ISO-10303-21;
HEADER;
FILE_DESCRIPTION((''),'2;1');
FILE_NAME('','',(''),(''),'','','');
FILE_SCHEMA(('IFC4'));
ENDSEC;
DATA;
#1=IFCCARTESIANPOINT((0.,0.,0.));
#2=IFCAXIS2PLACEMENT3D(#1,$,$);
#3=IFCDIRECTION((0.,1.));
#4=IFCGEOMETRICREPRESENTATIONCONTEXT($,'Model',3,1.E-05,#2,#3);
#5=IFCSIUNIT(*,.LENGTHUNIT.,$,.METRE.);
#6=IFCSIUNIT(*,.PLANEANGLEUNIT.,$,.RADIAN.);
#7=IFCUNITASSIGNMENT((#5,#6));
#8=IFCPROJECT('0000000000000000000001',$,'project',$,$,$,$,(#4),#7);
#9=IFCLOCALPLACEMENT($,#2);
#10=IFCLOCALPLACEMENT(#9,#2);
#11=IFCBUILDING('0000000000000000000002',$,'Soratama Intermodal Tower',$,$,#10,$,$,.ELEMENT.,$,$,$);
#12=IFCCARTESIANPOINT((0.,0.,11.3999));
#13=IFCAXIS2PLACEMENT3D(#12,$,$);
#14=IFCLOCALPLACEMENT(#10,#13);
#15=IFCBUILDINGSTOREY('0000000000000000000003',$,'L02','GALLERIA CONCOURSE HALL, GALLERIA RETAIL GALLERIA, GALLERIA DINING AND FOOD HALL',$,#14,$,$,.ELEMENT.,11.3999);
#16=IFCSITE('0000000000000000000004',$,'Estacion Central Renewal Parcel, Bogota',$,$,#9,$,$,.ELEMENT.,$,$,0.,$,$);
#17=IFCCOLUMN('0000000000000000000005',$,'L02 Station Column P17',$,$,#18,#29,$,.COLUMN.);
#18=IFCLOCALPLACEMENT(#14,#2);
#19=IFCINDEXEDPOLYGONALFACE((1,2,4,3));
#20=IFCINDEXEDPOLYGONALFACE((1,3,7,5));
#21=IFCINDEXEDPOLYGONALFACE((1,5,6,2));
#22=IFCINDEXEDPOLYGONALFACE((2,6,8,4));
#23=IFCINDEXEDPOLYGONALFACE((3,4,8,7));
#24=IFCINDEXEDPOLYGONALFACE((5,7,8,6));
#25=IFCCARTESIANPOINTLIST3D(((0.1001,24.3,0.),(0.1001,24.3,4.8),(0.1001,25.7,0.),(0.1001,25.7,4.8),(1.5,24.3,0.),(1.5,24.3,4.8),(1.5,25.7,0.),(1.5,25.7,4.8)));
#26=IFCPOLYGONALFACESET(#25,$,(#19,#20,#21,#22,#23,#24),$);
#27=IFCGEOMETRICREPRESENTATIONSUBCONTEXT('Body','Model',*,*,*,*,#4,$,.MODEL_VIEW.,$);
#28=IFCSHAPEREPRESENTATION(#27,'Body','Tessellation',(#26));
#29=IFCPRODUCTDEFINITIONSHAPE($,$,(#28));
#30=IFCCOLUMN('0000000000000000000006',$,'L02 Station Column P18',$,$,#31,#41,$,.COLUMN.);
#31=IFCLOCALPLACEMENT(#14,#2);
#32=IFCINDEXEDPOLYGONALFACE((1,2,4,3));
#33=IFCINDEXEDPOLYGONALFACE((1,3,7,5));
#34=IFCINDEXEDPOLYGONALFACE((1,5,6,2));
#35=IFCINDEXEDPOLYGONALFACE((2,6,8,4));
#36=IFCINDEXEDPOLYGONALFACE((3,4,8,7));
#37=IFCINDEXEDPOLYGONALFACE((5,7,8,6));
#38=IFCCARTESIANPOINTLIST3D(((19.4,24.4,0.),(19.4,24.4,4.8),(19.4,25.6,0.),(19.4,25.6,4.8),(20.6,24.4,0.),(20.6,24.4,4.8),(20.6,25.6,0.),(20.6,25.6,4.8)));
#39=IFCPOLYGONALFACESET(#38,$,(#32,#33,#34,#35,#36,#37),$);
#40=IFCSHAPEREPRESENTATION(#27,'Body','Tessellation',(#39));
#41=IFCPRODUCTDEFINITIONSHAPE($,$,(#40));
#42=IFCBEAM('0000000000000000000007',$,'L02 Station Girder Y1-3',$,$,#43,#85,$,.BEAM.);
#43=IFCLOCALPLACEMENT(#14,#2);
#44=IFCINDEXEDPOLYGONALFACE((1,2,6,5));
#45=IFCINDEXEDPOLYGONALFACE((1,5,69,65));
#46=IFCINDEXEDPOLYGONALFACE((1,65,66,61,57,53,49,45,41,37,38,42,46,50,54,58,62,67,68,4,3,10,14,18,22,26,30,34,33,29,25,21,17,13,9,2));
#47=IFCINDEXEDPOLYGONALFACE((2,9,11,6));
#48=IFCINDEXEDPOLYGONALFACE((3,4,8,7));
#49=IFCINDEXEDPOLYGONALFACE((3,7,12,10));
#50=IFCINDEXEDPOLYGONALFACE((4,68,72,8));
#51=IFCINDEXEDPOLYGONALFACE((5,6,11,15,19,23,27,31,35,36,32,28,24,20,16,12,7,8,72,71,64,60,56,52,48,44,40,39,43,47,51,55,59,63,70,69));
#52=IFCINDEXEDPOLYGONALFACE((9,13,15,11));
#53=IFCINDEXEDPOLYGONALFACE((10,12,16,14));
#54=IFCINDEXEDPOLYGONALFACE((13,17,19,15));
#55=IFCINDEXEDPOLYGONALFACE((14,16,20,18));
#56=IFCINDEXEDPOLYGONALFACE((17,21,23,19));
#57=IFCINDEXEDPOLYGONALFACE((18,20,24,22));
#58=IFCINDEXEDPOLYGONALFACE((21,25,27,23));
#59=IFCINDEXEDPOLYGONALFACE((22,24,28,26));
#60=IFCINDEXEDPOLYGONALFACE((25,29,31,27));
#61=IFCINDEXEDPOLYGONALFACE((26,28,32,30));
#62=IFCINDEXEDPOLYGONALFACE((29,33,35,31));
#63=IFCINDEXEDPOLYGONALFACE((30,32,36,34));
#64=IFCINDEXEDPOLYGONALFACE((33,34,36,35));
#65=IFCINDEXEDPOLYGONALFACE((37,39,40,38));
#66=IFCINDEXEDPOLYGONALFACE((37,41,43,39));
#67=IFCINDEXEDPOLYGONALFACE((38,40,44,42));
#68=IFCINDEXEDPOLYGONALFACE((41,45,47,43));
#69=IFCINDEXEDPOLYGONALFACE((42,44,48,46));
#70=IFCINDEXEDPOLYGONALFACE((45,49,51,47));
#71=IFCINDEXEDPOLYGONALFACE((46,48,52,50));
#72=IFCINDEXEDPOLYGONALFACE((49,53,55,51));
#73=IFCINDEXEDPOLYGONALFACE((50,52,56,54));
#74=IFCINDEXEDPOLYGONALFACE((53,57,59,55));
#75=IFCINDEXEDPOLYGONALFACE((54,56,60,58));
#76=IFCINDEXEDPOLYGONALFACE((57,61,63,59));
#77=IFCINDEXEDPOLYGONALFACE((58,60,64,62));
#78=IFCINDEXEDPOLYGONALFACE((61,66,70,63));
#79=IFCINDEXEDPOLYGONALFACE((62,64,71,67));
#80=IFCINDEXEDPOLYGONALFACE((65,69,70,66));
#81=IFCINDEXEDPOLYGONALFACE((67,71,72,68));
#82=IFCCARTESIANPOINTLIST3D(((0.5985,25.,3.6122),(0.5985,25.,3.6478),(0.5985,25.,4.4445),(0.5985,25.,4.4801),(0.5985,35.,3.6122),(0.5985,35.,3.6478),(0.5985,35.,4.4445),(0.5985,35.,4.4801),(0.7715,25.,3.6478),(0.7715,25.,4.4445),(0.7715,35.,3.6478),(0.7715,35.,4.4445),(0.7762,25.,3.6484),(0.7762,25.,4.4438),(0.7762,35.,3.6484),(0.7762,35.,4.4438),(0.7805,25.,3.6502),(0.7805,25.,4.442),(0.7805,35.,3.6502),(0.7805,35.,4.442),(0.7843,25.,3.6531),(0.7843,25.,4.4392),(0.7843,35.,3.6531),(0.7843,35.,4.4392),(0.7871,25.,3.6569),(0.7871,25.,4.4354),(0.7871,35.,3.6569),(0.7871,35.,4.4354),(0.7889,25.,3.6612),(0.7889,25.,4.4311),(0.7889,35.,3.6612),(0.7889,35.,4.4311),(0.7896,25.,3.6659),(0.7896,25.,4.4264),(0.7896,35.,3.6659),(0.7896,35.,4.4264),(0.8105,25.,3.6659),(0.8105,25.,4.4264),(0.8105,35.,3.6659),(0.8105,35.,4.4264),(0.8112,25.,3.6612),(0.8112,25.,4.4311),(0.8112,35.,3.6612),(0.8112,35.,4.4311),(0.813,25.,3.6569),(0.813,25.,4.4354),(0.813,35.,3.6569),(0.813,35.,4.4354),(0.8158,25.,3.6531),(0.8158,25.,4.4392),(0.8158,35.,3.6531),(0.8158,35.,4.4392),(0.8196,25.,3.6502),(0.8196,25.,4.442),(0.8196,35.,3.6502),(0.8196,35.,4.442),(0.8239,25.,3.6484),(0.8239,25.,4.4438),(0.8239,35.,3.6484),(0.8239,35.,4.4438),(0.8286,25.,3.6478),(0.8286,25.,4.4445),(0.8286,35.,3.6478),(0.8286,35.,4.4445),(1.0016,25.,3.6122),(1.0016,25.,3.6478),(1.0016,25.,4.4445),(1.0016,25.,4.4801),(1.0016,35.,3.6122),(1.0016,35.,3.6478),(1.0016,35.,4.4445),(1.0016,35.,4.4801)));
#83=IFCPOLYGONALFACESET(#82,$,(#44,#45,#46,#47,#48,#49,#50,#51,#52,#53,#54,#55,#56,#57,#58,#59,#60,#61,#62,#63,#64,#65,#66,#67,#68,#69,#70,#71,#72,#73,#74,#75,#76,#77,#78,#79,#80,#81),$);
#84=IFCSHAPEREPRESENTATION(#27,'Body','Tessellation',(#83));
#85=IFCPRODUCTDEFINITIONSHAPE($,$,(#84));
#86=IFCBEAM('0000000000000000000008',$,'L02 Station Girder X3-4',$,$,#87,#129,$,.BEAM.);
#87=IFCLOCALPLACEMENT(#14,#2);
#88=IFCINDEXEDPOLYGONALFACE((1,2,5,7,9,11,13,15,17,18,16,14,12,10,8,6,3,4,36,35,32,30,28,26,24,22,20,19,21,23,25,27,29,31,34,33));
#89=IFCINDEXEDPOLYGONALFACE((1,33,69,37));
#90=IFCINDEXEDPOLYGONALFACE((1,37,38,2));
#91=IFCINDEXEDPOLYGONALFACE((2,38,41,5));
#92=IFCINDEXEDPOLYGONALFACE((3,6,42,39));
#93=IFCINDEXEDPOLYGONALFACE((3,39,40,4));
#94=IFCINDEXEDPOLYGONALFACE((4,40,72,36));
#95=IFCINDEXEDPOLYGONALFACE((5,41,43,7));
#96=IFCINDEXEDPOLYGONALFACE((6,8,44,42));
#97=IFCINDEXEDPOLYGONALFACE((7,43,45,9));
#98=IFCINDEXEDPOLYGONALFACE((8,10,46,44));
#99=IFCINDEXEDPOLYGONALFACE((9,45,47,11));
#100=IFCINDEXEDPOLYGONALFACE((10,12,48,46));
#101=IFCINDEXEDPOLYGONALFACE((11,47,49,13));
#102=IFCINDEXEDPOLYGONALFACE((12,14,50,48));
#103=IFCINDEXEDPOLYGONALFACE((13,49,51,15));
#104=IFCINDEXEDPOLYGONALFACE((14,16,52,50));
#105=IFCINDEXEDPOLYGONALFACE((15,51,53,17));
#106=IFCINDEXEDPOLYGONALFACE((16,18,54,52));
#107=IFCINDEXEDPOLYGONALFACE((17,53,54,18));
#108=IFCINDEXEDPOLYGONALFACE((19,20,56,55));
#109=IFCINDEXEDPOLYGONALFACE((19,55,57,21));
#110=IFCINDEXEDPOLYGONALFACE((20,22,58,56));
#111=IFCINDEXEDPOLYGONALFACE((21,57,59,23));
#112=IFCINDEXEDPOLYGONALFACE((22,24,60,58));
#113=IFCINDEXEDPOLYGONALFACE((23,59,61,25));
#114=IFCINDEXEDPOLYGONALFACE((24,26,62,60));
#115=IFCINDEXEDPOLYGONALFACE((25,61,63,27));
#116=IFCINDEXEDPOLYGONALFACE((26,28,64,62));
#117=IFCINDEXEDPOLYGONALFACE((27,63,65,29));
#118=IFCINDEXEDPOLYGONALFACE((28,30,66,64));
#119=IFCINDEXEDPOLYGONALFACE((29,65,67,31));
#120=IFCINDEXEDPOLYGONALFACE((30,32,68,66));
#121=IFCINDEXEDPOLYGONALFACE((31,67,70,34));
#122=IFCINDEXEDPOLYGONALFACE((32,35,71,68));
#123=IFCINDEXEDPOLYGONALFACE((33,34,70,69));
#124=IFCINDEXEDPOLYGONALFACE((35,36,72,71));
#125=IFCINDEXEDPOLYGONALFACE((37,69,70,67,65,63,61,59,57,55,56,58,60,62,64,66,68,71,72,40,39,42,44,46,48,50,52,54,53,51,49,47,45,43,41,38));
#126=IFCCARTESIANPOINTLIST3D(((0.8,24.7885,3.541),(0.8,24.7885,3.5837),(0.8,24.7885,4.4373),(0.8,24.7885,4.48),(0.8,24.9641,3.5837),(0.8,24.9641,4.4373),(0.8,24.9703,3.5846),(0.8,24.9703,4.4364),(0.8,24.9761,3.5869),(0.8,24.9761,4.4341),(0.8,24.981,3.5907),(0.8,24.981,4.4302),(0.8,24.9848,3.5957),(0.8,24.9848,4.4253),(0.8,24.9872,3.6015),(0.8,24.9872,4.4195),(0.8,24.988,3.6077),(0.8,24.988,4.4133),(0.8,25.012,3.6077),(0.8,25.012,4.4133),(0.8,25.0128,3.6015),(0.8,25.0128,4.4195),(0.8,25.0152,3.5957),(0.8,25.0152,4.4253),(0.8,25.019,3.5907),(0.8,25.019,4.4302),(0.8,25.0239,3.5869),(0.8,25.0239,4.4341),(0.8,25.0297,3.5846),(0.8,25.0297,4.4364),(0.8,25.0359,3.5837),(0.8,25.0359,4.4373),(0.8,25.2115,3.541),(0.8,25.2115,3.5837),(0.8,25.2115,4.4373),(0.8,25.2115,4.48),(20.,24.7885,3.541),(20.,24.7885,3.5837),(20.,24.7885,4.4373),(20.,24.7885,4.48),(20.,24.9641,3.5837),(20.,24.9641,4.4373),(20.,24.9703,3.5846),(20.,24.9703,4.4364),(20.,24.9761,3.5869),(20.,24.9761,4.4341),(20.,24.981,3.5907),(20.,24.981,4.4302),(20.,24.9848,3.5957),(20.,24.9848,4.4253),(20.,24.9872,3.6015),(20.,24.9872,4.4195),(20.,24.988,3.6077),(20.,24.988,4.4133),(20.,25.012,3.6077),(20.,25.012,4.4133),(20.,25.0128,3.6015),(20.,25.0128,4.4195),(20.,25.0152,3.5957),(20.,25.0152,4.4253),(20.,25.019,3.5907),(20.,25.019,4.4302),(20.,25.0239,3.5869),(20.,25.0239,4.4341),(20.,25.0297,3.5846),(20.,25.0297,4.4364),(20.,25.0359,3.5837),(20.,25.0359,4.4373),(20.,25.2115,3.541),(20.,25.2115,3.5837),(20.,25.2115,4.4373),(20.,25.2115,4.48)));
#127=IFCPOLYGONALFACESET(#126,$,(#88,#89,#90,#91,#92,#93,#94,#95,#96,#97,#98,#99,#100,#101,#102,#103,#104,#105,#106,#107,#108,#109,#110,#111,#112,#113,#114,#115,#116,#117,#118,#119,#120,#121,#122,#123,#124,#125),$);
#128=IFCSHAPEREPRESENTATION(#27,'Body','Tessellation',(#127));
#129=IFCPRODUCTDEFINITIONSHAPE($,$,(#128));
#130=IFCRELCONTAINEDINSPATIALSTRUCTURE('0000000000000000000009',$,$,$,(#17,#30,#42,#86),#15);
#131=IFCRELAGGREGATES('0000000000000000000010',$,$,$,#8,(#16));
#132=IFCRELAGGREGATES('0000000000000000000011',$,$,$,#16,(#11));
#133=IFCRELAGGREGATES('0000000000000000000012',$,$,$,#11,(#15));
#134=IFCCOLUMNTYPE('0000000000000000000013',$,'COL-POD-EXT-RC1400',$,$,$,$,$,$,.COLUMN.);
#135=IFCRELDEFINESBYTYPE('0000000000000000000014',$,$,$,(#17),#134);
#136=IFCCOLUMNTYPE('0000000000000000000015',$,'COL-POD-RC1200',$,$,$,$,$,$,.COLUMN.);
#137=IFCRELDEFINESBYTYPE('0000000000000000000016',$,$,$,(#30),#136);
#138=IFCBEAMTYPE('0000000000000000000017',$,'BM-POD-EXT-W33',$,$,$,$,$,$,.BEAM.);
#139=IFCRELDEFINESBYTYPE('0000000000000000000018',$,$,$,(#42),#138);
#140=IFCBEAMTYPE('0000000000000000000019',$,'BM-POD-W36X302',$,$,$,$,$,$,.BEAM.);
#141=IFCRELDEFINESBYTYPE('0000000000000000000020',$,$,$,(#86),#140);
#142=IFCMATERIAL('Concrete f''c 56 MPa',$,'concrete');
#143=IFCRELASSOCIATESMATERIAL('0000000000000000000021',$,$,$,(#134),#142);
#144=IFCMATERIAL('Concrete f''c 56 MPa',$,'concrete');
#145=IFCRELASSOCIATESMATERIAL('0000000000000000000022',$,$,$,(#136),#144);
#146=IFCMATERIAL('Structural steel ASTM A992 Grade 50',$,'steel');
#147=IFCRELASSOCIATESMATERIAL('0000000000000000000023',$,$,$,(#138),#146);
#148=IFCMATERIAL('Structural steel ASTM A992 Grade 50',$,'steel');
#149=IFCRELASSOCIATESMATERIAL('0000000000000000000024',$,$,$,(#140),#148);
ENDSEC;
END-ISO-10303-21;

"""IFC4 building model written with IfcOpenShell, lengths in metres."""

from ifc_helpers import new_model, si_unit, direction, frame, origin, origin_2d, place, context, subcontext, project, spatial, rectangle, i_section, extrude, material, material_profile, profile_set, type_object, element, save


model = new_model("IFC4")

# Units and contexts
model_context = context("Model", 3, precision=1e-05, world=origin(), true_north=direction((0.0, 1.0)))
body_context = subcontext(model_context, "Body", "Model", "MODEL_VIEW")
ifc_project = project(units=[si_unit("LENGTHUNIT", "METRE"), si_unit("PLANEANGLEUNIT", "RADIAN")], contexts=[model_context])

# Site, building, storey
site_placement = place(None, origin())
site = spatial("IfcSite", under=ifc_project, at=site_placement, Name="Estacion Central Renewal Parcel, Bogota", CompositionType="ELEMENT", RefElevation=0.0)
building_placement = place(site_placement, origin())
building = spatial("IfcBuilding", under=site, at=building_placement, Name="Soratama Intermodal Tower", CompositionType="ELEMENT")
storey_placement = place(building_placement, frame((0.0, 0.0, 11.3999)))
storey = spatial("IfcBuildingStorey", under=building, at=storey_placement, Name="L02", Description="GALLERIA CONCOURSE HALL, GALLERIA RETAIL GALLERIA, GALLERIA DINING AND FOOD HALL", CompositionType="ELEMENT", Elevation=11.3999)

# Columns
ifc_material_1 = material(Name="Concrete f'c 56 MPa", Category="concrete")
ifc_material_profile_1 = material_profile(ifc_material_1, rectangle(XDim=1.3999, YDim=1.3999, at=origin_2d()), Name="RC1400X1400")
ifc_profile_set_1 = profile_set([ifc_material_profile_1], Name="Concrete f'c 56 MPa")
column_type_1 = type_object("IfcColumnType", Name="COL-POD-EXT-RC1400", PredefinedType="COLUMN", material=ifc_profile_set_1)
column_1_placement = place(storey_placement, frame((0.8, 25.0, 0.0), z_axis=(0.0, 0.0, 1.0), x_axis=(1.0, 0.0, 0.0)))
element("IfcColumn", 1, at=column_1_placement, inside=storey, type_object=column_type_1, Name="L02 Station Column P17", PredefinedType="COLUMN", context=body_context, shape_type="SweptSolid", body=[
    extrude(rectangle(XDim=1.3999, YDim=1.3999, at=origin_2d()), origin(), (0.0, 0.0, 1.0), 4.8),
])
ifc_material_2 = material(Name="Concrete f'c 56 MPa", Category="concrete")
ifc_material_profile_2 = material_profile(ifc_material_2, rectangle(XDim=1.2, YDim=1.2, at=origin_2d()), Name="RC1200X1200")
ifc_profile_set_2 = profile_set([ifc_material_profile_2], Name="Concrete f'c 56 MPa")
column_type_2 = type_object("IfcColumnType", Name="COL-POD-RC1200", PredefinedType="COLUMN", material=ifc_profile_set_2)
column_2_placement = place(storey_placement, frame((20.0, 25.0, 0.0), z_axis=(0.0, 0.0, 1.0), x_axis=(1.0, 0.0, 0.0)))
element("IfcColumn", 2, at=column_2_placement, inside=storey, type_object=column_type_2, Name="L02 Station Column P18", PredefinedType="COLUMN", context=body_context, shape_type="SweptSolid", body=[
    extrude(rectangle(XDim=1.2, YDim=1.2, at=origin_2d()), origin(), (0.0, 0.0, 1.0), 4.8),
])

# Beams
ifc_material_3 = material(Name="Structural steel ASTM A992 Grade 50", Category="steel")
ifc_material_profile_3 = material_profile(ifc_material_3, i_section(OverallWidth=0.4031, OverallDepth=0.8679, WebThickness=0.021, FlangeThickness=0.0356, FilletRadius=0.0181, at=origin_2d()), Name="W33X241")
ifc_profile_set_3 = profile_set([ifc_material_profile_3], Name="Structural steel ASTM A992 Grade 50")
beam_type_1 = type_object("IfcBeamType", Name="BM-POD-EXT-W33", PredefinedType="BEAM", material=ifc_profile_set_3)
beam_1_placement = place(storey_placement, frame((0.8, 25.0, 4.0461), z_axis=(0.0, 1.0, 0.0), x_axis=(-1.0, 0.0, 0.0)))
element("IfcBeam", 3, at=beam_1_placement, inside=storey, type_object=beam_type_1, Name="L02 Station Girder Y1-3", PredefinedType="BEAM", context=body_context, shape_type="SweptSolid", body=[
    extrude(i_section(OverallWidth=0.4031, OverallDepth=0.8679, WebThickness=0.021, FlangeThickness=0.0356, FilletRadius=0.0181, at=origin_2d()), origin(), (0.0, 0.0, 1.0), 10.0),
])
ifc_material_4 = material(Name="Structural steel ASTM A992 Grade 50", Category="steel")
ifc_material_profile_4 = material_profile(ifc_material_4, i_section(OverallWidth=0.4231, OverallDepth=0.939, WebThickness=0.0239, FlangeThickness=0.0427, FilletRadius=0.0239, at=origin_2d()), Name="W36X302")
ifc_profile_set_4 = profile_set([ifc_material_profile_4], Name="Structural steel ASTM A992 Grade 50")
beam_type_2 = type_object("IfcBeamType", Name="BM-POD-W36X302", PredefinedType="BEAM", material=ifc_profile_set_4)
beam_2_placement = place(storey_placement, frame((0.8, 25.0, 4.0105), z_axis=(1.0, 0.0, 0.0), x_axis=(0.0, 1.0, 0.0)))
element("IfcBeam", 4, at=beam_2_placement, inside=storey, type_object=beam_type_2, Name="L02 Station Girder X3-4", PredefinedType="BEAM", context=body_context, shape_type="SweptSolid", body=[
    extrude(i_section(OverallWidth=0.4231, OverallDepth=0.939, WebThickness=0.0239, FlangeThickness=0.0427, FilletRadius=0.0239, at=origin_2d()), origin(), (0.0, 0.0, 1.0), 19.2),
])

save(model, "model.ifc")
